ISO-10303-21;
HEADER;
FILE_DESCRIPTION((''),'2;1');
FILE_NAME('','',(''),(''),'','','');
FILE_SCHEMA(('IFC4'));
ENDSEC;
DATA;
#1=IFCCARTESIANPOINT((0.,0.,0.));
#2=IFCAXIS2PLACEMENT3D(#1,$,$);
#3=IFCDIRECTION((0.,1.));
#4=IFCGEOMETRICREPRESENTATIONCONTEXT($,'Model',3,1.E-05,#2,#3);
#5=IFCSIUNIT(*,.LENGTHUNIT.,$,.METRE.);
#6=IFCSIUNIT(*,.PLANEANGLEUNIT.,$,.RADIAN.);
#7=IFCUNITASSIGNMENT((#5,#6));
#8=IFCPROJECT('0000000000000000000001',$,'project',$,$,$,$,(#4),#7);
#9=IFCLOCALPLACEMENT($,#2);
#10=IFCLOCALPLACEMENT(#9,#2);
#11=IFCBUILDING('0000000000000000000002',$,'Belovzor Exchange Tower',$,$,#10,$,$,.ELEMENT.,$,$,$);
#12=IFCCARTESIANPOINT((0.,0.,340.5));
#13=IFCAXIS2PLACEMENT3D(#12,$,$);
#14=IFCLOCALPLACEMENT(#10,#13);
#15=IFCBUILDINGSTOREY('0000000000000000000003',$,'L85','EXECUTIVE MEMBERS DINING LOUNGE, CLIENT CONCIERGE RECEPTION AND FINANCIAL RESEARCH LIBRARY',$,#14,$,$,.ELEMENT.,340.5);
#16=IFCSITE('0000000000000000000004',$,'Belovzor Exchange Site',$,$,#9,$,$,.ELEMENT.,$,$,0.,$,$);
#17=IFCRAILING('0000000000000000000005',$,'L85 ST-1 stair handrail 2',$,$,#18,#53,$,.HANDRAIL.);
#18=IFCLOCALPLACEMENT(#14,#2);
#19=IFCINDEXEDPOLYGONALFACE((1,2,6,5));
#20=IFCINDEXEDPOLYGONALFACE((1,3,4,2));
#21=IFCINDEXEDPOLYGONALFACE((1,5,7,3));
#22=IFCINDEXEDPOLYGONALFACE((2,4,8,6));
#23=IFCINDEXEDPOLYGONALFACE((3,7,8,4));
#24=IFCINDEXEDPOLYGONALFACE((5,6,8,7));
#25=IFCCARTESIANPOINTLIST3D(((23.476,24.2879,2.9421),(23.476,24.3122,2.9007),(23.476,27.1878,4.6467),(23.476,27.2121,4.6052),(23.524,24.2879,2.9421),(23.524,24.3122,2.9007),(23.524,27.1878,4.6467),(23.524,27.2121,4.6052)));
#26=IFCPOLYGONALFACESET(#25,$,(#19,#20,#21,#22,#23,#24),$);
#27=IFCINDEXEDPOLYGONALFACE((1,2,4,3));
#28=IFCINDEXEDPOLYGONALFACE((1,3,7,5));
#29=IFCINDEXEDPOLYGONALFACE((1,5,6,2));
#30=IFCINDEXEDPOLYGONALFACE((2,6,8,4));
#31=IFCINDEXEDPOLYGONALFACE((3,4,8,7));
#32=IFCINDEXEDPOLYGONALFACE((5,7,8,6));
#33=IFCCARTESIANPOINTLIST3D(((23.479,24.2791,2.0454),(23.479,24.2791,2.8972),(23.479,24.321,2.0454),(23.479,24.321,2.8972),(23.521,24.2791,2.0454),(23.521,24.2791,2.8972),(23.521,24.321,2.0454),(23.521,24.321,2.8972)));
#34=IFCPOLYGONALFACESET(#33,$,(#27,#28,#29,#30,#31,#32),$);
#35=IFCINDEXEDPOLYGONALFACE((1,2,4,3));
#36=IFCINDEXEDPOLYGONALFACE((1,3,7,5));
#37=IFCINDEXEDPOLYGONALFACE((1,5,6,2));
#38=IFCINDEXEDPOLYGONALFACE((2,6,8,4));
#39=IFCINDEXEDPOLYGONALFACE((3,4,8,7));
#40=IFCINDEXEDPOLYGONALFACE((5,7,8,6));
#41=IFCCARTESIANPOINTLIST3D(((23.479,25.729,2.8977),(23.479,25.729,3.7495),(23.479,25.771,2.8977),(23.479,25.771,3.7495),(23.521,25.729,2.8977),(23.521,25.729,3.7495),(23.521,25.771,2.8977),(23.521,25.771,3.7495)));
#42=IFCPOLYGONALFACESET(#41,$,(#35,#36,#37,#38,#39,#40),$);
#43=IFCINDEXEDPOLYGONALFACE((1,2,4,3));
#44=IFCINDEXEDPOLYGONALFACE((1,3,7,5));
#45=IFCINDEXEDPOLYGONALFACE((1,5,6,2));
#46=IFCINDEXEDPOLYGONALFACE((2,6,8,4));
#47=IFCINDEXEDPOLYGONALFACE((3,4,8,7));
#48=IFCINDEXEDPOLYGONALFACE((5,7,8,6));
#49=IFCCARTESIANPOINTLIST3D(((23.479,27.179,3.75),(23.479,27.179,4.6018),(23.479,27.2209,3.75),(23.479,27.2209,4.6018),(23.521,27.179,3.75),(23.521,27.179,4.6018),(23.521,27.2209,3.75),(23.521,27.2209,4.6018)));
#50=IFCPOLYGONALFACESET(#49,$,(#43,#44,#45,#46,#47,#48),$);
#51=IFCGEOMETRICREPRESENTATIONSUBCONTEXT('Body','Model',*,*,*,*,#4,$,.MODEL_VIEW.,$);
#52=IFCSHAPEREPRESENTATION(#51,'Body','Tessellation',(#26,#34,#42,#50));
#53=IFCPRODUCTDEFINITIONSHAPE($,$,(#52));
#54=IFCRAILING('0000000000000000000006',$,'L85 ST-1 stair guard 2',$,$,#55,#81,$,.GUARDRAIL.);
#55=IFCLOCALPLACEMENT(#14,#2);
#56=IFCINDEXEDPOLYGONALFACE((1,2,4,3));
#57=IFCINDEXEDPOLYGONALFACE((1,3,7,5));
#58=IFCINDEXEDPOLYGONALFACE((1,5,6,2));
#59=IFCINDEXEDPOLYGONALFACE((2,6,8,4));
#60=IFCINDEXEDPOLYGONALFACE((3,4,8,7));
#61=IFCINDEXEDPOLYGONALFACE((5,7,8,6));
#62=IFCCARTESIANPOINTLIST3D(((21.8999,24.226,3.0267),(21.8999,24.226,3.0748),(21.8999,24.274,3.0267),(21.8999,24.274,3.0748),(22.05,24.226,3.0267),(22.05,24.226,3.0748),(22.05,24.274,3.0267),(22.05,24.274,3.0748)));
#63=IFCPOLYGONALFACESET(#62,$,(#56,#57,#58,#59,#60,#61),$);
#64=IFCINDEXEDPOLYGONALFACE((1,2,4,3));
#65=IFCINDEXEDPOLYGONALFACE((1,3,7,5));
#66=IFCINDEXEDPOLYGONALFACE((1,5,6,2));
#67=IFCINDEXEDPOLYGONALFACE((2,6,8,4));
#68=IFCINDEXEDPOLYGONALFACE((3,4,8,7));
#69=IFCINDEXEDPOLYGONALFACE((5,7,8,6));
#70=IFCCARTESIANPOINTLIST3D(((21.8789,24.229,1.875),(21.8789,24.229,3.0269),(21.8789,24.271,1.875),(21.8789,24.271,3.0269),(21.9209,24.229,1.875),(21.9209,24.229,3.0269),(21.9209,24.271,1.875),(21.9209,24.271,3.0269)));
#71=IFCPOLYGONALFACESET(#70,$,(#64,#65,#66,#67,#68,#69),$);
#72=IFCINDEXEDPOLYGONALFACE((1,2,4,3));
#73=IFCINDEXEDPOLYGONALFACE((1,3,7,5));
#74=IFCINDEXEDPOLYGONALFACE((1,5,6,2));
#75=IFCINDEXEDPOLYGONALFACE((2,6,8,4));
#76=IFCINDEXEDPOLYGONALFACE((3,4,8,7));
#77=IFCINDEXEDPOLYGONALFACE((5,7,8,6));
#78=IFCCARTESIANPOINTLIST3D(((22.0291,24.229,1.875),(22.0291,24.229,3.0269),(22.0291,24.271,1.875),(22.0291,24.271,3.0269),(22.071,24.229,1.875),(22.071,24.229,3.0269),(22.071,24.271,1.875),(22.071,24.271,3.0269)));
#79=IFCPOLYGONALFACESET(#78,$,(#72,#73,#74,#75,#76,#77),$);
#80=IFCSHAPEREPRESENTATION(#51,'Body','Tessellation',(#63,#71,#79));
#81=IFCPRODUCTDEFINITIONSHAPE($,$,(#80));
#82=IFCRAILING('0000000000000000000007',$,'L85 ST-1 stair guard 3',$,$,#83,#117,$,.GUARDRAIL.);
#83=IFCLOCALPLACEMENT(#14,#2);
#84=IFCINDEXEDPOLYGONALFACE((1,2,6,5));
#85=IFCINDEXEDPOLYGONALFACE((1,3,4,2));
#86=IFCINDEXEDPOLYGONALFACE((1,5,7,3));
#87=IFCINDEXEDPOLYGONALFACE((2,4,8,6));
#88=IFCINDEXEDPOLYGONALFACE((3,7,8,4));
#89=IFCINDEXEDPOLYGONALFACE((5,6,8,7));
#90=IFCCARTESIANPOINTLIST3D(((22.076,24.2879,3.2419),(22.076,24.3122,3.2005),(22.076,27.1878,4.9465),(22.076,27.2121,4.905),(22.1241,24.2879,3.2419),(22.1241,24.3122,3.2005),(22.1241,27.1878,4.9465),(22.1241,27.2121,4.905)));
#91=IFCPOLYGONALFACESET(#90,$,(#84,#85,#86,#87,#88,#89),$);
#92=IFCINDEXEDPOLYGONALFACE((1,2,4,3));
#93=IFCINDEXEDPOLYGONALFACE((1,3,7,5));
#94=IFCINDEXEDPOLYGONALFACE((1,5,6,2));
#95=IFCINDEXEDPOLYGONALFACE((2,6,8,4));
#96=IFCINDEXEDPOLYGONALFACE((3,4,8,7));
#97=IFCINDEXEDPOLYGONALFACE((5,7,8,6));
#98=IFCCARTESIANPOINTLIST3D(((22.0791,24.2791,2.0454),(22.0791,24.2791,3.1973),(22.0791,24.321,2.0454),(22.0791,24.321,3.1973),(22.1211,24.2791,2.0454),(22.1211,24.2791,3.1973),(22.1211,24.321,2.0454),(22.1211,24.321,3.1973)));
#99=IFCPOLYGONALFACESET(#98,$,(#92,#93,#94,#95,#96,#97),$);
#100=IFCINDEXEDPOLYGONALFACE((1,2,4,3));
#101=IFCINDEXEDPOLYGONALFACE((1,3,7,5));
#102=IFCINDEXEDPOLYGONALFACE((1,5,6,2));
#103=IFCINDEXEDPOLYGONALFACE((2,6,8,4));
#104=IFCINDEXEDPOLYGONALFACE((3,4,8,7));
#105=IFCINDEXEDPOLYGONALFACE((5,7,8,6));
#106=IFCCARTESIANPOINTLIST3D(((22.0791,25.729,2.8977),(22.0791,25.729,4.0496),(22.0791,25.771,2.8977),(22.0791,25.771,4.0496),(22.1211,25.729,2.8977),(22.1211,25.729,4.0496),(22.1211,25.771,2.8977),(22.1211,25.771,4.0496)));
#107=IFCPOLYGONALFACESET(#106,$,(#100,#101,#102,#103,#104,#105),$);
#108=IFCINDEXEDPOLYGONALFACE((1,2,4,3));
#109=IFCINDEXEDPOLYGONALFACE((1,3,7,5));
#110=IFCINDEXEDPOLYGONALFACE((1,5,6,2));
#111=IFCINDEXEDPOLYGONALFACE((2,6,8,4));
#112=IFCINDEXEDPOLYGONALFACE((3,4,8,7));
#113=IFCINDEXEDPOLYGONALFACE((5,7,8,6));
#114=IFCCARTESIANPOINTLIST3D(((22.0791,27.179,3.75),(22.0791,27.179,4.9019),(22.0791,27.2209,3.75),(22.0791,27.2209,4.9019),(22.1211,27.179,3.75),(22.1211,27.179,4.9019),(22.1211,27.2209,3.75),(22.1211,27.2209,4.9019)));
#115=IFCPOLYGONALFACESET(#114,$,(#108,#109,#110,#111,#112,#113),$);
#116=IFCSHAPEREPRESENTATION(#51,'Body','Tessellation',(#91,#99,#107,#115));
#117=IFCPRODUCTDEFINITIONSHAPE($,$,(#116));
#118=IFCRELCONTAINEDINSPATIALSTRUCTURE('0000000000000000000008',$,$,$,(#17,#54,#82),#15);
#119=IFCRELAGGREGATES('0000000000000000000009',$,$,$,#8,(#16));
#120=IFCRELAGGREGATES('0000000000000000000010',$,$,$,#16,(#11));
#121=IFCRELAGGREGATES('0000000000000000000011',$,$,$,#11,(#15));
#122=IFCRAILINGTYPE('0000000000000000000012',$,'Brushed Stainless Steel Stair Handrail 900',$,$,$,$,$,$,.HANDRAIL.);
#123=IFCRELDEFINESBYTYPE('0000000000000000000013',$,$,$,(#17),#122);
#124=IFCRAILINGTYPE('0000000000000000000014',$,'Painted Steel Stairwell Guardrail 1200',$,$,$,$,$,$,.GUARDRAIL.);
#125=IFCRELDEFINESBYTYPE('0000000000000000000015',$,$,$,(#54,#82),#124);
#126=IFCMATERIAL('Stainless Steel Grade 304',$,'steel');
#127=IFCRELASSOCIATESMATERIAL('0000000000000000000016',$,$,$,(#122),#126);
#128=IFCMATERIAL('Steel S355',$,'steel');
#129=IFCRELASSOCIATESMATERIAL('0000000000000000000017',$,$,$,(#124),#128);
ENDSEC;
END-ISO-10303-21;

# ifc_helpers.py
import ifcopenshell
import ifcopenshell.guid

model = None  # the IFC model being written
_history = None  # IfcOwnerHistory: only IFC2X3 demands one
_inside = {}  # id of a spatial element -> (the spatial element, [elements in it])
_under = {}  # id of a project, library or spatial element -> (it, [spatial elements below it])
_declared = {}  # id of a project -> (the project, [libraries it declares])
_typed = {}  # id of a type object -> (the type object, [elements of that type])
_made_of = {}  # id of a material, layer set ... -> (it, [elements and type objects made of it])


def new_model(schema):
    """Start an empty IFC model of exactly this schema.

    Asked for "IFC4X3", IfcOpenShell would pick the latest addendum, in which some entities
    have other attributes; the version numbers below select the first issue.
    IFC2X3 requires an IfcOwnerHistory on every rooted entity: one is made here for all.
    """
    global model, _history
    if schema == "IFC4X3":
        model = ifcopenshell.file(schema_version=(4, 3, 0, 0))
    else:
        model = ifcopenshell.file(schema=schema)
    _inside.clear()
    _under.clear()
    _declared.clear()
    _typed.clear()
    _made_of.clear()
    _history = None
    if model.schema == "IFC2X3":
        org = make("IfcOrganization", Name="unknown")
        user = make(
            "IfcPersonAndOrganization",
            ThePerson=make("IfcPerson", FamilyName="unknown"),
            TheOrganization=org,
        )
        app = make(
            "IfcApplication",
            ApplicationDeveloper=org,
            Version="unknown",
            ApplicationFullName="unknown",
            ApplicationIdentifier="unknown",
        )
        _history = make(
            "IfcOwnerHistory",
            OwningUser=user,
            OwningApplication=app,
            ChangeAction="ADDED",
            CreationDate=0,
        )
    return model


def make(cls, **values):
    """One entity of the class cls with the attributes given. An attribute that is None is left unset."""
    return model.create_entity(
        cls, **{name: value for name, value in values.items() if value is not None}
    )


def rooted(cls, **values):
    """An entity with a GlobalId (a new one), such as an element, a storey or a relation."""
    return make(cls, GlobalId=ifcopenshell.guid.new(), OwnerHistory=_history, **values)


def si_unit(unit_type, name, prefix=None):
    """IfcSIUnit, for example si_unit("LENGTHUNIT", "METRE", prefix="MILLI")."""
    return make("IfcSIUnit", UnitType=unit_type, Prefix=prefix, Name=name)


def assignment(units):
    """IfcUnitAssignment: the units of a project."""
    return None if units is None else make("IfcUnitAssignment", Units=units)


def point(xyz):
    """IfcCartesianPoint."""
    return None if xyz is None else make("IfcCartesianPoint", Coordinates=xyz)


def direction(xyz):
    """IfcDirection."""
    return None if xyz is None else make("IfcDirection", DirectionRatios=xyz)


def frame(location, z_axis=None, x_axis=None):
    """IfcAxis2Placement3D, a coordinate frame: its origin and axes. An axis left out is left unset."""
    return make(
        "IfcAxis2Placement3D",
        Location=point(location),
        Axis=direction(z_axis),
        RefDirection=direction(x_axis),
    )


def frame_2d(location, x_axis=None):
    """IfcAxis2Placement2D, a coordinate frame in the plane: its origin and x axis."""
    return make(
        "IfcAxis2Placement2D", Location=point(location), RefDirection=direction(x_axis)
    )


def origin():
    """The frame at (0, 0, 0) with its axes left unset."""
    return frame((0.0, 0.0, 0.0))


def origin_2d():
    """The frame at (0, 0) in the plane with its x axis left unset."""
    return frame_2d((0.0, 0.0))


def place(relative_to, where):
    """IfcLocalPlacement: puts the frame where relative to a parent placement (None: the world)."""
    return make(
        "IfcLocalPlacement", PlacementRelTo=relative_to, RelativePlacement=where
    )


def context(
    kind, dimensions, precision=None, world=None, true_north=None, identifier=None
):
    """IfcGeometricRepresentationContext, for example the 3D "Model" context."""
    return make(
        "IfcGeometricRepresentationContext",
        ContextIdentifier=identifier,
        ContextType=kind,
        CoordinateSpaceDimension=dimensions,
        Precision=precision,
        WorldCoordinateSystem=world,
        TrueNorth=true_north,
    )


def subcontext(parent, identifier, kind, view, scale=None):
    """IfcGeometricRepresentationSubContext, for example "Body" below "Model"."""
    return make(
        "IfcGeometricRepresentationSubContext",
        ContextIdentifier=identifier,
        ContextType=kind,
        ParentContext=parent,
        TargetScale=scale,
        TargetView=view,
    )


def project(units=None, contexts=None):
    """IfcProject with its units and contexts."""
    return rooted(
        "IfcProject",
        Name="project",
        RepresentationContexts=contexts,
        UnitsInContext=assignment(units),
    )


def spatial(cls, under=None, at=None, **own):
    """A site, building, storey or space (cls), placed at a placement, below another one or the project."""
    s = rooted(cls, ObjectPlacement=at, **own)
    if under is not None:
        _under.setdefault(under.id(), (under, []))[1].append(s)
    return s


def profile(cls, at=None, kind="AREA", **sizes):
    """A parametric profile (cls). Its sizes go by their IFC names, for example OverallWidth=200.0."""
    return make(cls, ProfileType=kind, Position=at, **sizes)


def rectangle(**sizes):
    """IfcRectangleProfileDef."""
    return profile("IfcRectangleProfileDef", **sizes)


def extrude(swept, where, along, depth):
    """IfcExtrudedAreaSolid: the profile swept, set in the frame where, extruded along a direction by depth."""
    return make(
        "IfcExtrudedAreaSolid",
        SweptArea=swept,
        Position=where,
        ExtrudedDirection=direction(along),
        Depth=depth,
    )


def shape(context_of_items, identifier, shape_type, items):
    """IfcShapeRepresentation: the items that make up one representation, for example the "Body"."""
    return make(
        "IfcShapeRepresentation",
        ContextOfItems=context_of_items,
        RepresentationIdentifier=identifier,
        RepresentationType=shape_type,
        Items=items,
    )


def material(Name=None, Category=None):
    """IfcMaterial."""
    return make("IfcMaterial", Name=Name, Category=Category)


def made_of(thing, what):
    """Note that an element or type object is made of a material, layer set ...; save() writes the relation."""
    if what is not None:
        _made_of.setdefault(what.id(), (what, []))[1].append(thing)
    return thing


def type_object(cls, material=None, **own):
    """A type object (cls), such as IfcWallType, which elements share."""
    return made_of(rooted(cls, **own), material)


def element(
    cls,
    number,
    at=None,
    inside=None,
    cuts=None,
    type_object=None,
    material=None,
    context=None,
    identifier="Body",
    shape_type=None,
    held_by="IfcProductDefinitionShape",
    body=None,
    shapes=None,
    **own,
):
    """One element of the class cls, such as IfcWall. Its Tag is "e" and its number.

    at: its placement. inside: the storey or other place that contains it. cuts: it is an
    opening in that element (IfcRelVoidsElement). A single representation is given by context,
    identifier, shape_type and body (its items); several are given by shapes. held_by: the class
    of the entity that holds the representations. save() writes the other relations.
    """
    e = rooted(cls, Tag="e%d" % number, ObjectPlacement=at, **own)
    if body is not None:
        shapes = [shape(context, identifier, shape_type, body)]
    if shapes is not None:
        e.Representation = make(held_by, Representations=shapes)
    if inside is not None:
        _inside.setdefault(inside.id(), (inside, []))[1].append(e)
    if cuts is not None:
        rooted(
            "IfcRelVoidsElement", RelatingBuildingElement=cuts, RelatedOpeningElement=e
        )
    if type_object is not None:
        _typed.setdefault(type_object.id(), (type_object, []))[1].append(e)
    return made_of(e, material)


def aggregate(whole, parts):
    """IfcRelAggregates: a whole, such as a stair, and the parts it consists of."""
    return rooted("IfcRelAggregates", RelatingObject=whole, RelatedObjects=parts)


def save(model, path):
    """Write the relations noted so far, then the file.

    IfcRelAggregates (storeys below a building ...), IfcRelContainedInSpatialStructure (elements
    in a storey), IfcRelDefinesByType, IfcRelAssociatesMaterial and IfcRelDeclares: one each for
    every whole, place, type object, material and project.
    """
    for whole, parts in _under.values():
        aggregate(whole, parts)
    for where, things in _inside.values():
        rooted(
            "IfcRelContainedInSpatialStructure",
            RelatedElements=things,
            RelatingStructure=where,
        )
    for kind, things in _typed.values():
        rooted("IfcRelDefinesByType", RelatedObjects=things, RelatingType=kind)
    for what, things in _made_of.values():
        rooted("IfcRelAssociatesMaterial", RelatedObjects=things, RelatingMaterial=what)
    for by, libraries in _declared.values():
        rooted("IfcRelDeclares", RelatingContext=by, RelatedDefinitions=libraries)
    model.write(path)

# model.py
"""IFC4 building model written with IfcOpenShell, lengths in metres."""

from ifc_helpers import new_model, si_unit, direction, frame, origin, origin_2d, place, context, subcontext, project, spatial, rectangle, extrude, material, type_object, element, save


model = new_model("IFC4")

# Units and contexts
model_context = context("Model", 3, precision=1e-05, world=origin(), true_north=direction((0.0, 1.0)))
body_context = subcontext(model_context, "Body", "Model", "MODEL_VIEW")
ifc_project = project(units=[si_unit("LENGTHUNIT", "METRE"), si_unit("PLANEANGLEUNIT", "RADIAN")], contexts=[model_context])

# Site, building, storey
site_placement = place(None, origin())
site = spatial("IfcSite", under=ifc_project, at=site_placement, Name="Belovzor Exchange Site", CompositionType="ELEMENT", RefElevation=0.0)
building_placement = place(site_placement, origin())
building = spatial("IfcBuilding", under=site, at=building_placement, Name="Belovzor Exchange Tower", CompositionType="ELEMENT")
storey_placement = place(building_placement, frame((0.0, 0.0, 340.5)))
storey = spatial("IfcBuildingStorey", under=building, at=storey_placement, Name="L85", Description="EXECUTIVE MEMBERS DINING LOUNGE, CLIENT CONCIERGE RECEPTION AND FINANCIAL RESEARCH LIBRARY", CompositionType="ELEMENT", Elevation=340.5)

# Railings
ifc_material_1 = material(Name="Stainless Steel Grade 304", Category="steel")
railing_type_1 = type_object("IfcRailingType", Name="Brushed Stainless Steel Stair Handrail 900", PredefinedType="HANDRAIL", material=ifc_material_1)
railing_1_placement = place(storey_placement, frame((23.5, 24.3, 2.0454)))
element("IfcRailing", 1, at=railing_1_placement, inside=storey, type_object=railing_type_1, Name="L85 ST-1 stair handrail 2", PredefinedType="HANDRAIL", context=body_context, shape_type="SweptSolid", body=[
    extrude(rectangle(XDim=0.0481, YDim=0.0481, at=origin_2d()), frame((0.0, 0.0, 0.876), z_axis=(0.0, 0.862095, 0.506747), x_axis=(-1.0, 0.0, 0.0)), (0.0, 0.0, 1.0), 3.3638),
    extrude(rectangle(XDim=0.042, YDim=0.042, at=origin_2d()), origin(), (0.0, 0.0, 1.0), 0.8518),
    extrude(rectangle(XDim=0.042, YDim=0.042, at=origin_2d()), frame((0.0, 1.45, 0.8523)), (0.0, 0.0, 1.0), 0.8518),
    extrude(rectangle(XDim=0.042, YDim=0.042, at=origin_2d()), frame((0.0, 2.8999, 1.7046)), (0.0, 0.0, 1.0), 0.8518),
])
ifc_material_2 = material(Name="Steel S355", Category="steel")
railing_type_2 = type_object("IfcRailingType", Name="Painted Steel Stairwell Guardrail 1200", PredefinedType="GUARDRAIL", material=ifc_material_2)
railing_2_placement = place(storey_placement, frame((21.8999, 24.25, 1.875)))
element("IfcRailing", 2, at=railing_2_placement, inside=storey, type_object=railing_type_2, Name="L85 ST-1 stair guard 2", PredefinedType="GUARDRAIL", context=body_context, shape_type="SweptSolid", body=[
    extrude(rectangle(XDim=0.0481, YDim=0.0481, at=origin_2d()), frame((0.0, 0.0, 1.1758), z_axis=(1.0, 0.0, 0.0), x_axis=(0.0, 1.0, 0.0)), (0.0, 0.0, 1.0), 0.1501),
    extrude(rectangle(XDim=0.042, YDim=0.042, at=origin_2d()), origin(), (0.0, 0.0, 1.0), 1.1519),
    extrude(rectangle(XDim=0.042, YDim=0.042, at=origin_2d()), frame((0.1501, 0.0, 0.0)), (0.0, 0.0, 1.0), 1.1519),
])
railing_3_placement = place(storey_placement, frame((22.1001, 24.3, 2.0454)))
element("IfcRailing", 3, at=railing_3_placement, inside=storey, type_object=railing_type_2, Name="L85 ST-1 stair guard 3", PredefinedType="GUARDRAIL", context=body_context, shape_type="SweptSolid", body=[
    extrude(rectangle(XDim=0.0481, YDim=0.0481, at=origin_2d()), frame((0.0, 0.0, 1.1758), z_axis=(0.0, 0.862095, 0.506747), x_axis=(-1.0, 0.0, 0.0)), (0.0, 0.0, 1.0), 3.3638),
    extrude(rectangle(XDim=0.042, YDim=0.042, at=origin_2d()), origin(), (0.0, 0.0, 1.0), 1.1519),
    extrude(rectangle(XDim=0.042, YDim=0.042, at=origin_2d()), frame((0.0, 1.45, 0.8523)), (0.0, 0.0, 1.0), 1.1519),
    extrude(rectangle(XDim=0.042, YDim=0.042, at=origin_2d()), frame((0.0, 2.8999, 1.7046)), (0.0, 0.0, 1.0), 1.1519),
])

save(model, "model.ifc")
